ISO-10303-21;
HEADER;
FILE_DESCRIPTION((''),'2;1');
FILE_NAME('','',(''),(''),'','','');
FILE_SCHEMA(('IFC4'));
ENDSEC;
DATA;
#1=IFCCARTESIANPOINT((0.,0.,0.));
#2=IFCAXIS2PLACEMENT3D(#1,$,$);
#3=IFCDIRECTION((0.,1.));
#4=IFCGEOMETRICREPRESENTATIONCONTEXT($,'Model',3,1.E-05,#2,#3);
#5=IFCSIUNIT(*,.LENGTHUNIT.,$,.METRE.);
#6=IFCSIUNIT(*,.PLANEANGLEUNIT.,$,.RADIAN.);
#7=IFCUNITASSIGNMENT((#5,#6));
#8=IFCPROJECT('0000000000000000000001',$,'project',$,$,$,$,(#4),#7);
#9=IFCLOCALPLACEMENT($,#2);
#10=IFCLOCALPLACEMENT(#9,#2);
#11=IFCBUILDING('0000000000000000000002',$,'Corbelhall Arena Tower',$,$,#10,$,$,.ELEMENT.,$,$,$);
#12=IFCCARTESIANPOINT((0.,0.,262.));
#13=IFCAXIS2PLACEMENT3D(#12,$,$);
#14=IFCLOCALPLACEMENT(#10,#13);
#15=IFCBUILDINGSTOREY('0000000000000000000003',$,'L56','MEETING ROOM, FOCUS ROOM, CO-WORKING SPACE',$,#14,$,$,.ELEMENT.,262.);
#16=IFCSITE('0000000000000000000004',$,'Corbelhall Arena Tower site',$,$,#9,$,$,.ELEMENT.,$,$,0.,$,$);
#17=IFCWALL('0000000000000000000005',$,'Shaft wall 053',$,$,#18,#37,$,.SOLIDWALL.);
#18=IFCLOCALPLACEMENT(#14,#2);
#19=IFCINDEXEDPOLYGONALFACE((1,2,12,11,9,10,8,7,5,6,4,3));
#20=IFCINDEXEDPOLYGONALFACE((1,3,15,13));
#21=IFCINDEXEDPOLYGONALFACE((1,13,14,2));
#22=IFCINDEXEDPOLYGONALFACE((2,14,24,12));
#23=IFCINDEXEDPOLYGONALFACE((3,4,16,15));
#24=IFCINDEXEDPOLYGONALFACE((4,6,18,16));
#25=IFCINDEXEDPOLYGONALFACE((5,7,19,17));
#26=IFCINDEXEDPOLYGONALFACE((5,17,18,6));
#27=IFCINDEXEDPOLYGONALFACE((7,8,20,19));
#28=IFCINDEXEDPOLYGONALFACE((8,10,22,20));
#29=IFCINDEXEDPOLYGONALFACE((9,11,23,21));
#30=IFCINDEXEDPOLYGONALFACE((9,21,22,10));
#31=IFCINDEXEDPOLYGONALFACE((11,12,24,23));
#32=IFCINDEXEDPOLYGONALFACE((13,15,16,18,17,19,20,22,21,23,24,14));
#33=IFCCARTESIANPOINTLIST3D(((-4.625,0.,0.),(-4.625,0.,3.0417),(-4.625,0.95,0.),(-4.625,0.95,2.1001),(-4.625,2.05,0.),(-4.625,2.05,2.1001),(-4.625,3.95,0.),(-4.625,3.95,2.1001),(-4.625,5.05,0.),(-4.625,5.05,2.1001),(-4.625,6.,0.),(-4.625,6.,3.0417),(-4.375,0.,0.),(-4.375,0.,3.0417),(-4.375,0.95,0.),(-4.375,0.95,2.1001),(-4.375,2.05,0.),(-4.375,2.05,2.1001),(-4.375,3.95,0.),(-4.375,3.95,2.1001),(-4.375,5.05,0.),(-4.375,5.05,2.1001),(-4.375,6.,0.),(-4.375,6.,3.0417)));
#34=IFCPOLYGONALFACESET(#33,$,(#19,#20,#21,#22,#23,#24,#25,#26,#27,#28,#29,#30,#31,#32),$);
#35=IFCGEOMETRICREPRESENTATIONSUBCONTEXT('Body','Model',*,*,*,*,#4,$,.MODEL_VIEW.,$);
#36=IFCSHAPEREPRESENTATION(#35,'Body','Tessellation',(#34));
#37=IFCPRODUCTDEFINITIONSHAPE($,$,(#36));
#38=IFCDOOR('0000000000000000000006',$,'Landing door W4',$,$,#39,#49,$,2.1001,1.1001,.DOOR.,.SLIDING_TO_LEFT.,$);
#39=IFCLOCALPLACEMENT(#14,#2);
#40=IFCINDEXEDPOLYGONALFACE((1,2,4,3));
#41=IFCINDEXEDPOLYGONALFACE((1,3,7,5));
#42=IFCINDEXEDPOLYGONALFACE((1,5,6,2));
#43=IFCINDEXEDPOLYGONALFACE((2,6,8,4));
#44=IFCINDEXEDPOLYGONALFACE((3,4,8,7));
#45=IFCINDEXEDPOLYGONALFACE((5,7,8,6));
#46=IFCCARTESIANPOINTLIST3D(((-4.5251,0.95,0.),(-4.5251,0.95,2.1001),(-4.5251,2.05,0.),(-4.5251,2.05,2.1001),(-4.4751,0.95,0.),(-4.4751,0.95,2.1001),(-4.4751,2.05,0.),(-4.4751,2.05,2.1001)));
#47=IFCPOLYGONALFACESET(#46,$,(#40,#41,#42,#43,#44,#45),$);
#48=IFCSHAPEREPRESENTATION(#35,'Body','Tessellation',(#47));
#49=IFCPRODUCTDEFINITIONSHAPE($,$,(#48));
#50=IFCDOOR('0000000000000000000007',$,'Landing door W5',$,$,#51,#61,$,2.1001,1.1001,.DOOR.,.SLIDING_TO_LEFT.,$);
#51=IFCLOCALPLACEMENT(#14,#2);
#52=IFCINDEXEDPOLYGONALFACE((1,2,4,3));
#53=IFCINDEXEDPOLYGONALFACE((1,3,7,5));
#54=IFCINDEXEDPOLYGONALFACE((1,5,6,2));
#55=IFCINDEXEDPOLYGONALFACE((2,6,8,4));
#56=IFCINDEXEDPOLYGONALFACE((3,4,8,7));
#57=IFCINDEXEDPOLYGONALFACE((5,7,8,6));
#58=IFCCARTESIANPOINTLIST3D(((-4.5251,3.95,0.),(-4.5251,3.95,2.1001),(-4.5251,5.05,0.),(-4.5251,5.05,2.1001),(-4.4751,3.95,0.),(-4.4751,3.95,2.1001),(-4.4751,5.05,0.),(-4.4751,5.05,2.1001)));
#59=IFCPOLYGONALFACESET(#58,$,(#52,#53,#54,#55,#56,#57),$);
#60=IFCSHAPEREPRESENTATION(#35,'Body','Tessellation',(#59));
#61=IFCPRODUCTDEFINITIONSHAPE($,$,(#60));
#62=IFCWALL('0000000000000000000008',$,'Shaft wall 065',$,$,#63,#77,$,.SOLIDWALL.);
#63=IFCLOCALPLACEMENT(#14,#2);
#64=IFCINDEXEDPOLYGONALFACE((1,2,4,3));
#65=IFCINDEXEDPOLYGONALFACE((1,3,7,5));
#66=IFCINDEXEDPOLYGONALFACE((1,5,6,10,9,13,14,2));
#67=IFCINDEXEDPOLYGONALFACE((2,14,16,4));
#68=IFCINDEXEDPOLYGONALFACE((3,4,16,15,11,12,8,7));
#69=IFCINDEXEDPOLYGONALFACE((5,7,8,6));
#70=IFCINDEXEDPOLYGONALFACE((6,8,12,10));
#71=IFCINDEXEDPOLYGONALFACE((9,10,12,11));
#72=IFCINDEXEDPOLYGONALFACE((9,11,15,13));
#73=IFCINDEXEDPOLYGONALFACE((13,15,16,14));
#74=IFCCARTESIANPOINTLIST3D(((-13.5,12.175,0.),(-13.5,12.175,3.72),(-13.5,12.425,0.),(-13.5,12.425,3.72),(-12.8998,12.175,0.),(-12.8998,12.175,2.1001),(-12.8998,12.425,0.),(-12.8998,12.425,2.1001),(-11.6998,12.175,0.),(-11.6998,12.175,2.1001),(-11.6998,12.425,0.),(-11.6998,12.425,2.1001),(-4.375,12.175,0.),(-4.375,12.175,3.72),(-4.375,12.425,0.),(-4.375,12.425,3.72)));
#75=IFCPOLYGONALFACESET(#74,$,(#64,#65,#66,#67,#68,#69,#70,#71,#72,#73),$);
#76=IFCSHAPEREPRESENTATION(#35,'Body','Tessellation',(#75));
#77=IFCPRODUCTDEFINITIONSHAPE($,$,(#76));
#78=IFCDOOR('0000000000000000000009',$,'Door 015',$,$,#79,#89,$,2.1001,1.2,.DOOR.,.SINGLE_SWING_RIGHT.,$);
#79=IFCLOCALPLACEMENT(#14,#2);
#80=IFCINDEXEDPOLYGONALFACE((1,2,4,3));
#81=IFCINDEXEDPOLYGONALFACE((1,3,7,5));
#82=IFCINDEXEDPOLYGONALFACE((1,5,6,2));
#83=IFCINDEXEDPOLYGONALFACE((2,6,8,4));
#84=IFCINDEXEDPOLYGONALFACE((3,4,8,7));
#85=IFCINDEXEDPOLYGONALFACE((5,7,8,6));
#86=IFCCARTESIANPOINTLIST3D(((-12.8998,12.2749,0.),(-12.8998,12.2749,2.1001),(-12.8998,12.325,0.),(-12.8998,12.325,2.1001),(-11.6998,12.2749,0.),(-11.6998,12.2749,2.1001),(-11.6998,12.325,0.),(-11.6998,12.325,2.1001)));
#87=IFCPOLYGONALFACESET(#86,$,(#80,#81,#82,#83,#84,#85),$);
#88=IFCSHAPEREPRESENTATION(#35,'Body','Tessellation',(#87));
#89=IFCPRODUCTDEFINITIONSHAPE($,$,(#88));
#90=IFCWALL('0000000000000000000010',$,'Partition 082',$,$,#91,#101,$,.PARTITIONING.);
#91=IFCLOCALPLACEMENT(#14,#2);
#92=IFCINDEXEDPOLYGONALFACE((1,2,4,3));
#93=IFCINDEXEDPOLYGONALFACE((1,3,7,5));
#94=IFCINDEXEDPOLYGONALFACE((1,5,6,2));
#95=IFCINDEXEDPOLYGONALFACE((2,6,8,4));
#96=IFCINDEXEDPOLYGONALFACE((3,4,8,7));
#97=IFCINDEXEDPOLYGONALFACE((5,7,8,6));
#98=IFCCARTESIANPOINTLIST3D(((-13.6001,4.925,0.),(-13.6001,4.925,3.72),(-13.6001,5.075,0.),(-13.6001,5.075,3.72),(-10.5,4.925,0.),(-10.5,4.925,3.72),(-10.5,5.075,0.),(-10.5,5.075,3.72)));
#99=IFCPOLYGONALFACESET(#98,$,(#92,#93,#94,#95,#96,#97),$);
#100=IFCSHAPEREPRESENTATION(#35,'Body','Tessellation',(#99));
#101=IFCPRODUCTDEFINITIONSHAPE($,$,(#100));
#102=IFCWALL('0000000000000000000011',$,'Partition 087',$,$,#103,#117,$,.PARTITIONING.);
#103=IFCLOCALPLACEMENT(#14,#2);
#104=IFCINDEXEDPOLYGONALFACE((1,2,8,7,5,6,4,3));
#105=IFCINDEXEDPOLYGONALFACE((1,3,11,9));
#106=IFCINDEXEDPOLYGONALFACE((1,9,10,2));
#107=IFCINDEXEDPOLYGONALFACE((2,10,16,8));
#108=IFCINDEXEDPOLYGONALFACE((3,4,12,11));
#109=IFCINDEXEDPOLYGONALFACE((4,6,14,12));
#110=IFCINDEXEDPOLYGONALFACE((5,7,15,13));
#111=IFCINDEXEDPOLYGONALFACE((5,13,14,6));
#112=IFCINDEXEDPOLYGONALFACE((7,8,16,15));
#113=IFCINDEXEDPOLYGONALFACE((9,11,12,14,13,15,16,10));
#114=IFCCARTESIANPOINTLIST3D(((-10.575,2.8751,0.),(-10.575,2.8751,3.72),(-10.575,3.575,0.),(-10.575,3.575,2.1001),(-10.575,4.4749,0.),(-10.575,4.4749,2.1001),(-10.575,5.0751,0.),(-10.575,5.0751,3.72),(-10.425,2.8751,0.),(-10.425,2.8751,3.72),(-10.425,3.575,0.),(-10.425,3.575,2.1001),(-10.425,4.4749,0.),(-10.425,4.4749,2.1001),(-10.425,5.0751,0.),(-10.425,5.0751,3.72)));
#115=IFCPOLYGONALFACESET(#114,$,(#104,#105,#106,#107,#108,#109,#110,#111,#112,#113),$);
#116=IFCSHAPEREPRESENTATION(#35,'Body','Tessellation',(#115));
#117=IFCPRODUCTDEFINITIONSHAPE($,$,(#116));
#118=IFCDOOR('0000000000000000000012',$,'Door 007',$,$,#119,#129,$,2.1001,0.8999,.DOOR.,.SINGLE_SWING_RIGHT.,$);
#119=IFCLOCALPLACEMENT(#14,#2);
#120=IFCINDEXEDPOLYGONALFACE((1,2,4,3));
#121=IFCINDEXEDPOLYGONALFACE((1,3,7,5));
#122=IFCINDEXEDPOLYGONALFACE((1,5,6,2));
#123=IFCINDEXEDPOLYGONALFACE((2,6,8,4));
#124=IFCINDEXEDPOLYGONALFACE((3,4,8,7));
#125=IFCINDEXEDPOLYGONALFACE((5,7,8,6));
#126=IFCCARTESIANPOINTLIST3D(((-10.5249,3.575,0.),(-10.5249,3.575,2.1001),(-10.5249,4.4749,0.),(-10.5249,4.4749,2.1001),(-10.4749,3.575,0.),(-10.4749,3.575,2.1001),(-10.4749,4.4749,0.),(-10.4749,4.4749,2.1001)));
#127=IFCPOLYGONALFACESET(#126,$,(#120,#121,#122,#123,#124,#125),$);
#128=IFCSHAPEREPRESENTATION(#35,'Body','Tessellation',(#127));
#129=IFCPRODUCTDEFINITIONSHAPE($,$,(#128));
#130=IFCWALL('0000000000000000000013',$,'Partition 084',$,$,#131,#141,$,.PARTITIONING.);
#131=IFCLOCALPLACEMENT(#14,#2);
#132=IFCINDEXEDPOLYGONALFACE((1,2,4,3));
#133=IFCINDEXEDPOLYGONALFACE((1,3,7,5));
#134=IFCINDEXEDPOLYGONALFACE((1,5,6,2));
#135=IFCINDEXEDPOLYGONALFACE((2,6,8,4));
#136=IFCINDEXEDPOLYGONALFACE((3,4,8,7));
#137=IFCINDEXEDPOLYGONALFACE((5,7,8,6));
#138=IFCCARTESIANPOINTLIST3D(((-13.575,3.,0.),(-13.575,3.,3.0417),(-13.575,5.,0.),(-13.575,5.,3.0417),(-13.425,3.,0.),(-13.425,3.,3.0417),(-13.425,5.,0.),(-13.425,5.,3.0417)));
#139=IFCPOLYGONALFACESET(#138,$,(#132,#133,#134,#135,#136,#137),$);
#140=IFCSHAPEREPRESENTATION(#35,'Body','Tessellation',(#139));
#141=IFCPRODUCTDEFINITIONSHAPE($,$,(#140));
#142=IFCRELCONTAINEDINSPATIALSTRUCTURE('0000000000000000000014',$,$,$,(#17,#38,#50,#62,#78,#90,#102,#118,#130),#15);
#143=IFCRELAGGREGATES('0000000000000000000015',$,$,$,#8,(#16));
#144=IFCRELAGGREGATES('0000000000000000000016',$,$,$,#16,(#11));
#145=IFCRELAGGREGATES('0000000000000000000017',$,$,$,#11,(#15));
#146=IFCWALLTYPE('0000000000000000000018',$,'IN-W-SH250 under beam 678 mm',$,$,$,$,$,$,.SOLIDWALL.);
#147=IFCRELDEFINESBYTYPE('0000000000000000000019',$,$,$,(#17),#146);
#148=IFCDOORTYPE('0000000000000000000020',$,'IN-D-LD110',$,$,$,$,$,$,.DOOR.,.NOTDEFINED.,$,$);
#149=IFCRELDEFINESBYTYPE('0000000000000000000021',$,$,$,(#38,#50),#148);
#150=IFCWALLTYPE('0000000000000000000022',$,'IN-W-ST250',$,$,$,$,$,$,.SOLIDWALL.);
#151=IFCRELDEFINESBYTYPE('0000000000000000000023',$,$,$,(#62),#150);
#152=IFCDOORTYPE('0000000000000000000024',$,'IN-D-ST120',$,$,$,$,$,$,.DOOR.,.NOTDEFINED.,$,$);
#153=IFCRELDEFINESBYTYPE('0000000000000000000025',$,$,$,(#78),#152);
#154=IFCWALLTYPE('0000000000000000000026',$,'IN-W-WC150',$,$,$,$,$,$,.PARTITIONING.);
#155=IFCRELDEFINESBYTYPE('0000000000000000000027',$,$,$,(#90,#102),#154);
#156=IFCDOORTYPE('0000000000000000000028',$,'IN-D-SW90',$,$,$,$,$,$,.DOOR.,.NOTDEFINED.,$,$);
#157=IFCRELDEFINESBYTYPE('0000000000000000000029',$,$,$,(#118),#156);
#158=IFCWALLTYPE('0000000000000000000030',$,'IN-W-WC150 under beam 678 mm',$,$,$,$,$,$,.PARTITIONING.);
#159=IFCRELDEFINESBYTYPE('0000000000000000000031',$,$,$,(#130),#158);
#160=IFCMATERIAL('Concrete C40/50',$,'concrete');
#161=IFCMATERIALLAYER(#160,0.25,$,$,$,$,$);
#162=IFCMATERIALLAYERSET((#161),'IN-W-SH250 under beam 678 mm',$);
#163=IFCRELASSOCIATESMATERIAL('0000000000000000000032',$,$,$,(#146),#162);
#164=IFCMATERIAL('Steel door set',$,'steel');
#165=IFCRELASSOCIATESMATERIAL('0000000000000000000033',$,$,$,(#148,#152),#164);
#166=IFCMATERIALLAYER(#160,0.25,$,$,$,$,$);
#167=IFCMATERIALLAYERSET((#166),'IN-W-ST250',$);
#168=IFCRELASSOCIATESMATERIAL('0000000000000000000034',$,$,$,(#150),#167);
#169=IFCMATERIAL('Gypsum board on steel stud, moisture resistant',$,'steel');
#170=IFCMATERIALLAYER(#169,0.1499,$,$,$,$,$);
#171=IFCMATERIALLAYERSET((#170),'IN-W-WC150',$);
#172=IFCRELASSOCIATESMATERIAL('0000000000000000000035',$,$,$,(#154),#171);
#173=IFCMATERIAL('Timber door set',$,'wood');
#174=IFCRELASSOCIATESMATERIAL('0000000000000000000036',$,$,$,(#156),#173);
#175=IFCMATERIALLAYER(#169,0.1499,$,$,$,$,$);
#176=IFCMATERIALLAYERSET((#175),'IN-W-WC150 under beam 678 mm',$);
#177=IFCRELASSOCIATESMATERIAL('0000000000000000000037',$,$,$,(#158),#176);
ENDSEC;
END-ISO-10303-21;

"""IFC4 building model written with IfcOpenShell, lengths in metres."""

from ifc_helpers import new_model, si_unit, direction, frame, frame_2d, origin, place, context, subcontext, project, spatial, rectangle, extrude, material, layer, layer_set, type_object, element, fill, save


model = new_model("IFC4")

# Units and contexts
model_context = context("Model", 3, precision=1e-05, world=origin(), true_north=direction((0.0, 1.0)))
body_context = subcontext(model_context, "Body", "Model", "MODEL_VIEW")
ifc_project = project(units=[si_unit("LENGTHUNIT", "METRE"), si_unit("PLANEANGLEUNIT", "RADIAN")], contexts=[model_context])

# Site, building, storey
site_placement = place(None, origin())
site = spatial("IfcSite", under=ifc_project, at=site_placement, Name="Corbelhall Arena Tower site", CompositionType="ELEMENT", RefElevation=0.0)
building_placement = place(site_placement, origin())
building = spatial("IfcBuilding", under=site, at=building_placement, Name="Corbelhall Arena Tower", CompositionType="ELEMENT")
storey_placement = place(building_placement, frame((0.0, 0.0, 262.0)))
storey = spatial("IfcBuildingStorey", under=building, at=storey_placement, Name="L56", Description="MEETING ROOM, FOCUS ROOM, CO-WORKING SPACE", CompositionType="ELEMENT", Elevation=262.0)

# Shared definitions
ifc_material_1 = material(Name="Steel door set", Category="steel")

# Shared definitions
ifc_material_2 = material(Name="Concrete C40/50", Category="concrete")

# Wall, openings, doors
ifc_layer_1 = layer(ifc_material_2, 0.25)
ifc_layer_set_1 = layer_set([ifc_layer_1], Name="IN-W-SH250 under beam 678 mm")
wall_type_1 = type_object("IfcWallType", Name="IN-W-SH250 under beam 678 mm", PredefinedType="SOLIDWALL", material=ifc_layer_set_1)
wall_1_placement = place(storey_placement, frame((-4.5, 6.0, 0.0), z_axis=(0.0, 0.0, 1.0), x_axis=(0.0, -1.0, 0.0)))
wall_1 = element("IfcWall", 1, at=wall_1_placement, inside=storey, type_object=wall_type_1, Name="Shaft wall 053", PredefinedType="SOLIDWALL", context=body_context, shape_type="SweptSolid", body=[
    extrude(rectangle(XDim=6.0, YDim=0.25, at=frame_2d((3.0, 0.0))), origin(), (0.0, 0.0, 1.0), 3.0417),
])
opening_1_placement = place(wall_1_placement, frame((3.95, 0.0, 0.0)))
opening_1 = element("IfcOpeningElement", 2, at=opening_1_placement, cuts=wall_1, PredefinedType="OPENING", context=body_context, shape_type="SweptSolid", body=[
    extrude(rectangle(XDim=1.1001, YDim=2.1001, at=frame_2d((0.55, 1.05))), frame((0.0, 0.125, 0.0), z_axis=(0.0, -1.0, 0.0), x_axis=(1.0, 0.0, 0.0)), (0.0, 0.0, 1.0), 0.25),
])
opening_2_placement = place(wall_1_placement, frame((0.95, 0.0, 0.0)))
opening_2 = element("IfcOpeningElement", 3, at=opening_2_placement, cuts=wall_1, PredefinedType="OPENING", context=body_context, shape_type="SweptSolid", body=[
    extrude(rectangle(XDim=1.1001, YDim=2.1001, at=frame_2d((0.55, 1.05))), frame((0.0, 0.125, 0.0), z_axis=(0.0, -1.0, 0.0), x_axis=(1.0, 0.0, 0.0)), (0.0, 0.0, 1.0), 0.25),
])
door_type_1 = type_object("IfcDoorType", Name="IN-D-LD110", OperationType="NOTDEFINED", PredefinedType="DOOR", material=ifc_material_1)
door_1_placement = place(opening_1_placement, origin())
door_1 = element("IfcDoor", 4, at=door_1_placement, inside=storey, type_object=door_type_1, Name="Landing door W4", OperationType="SLIDING_TO_LEFT", OverallHeight=2.1001, OverallWidth=1.1001, PredefinedType="DOOR", context=body_context, shape_type="SweptSolid", body=[
    extrude(rectangle(XDim=1.1001, YDim=2.1001, at=frame_2d((0.55, 1.05))), frame((0.0, 0.0249, 0.0), z_axis=(0.0, -1.0, 0.0), x_axis=(1.0, 0.0, 0.0)), (0.0, 0.0, 1.0), 0.05),
])
fill(opening_1, door_1)
door_2_placement = place(opening_2_placement, origin())
door_2 = element("IfcDoor", 5, at=door_2_placement, inside=storey, type_object=door_type_1, Name="Landing door W5", OperationType="SLIDING_TO_LEFT", OverallHeight=2.1001, OverallWidth=1.1001, PredefinedType="DOOR", context=body_context, shape_type="SweptSolid", body=[
    extrude(rectangle(XDim=1.1001, YDim=2.1001, at=frame_2d((0.55, 1.05))), frame((0.0, 0.0249, 0.0), z_axis=(0.0, -1.0, 0.0), x_axis=(1.0, 0.0, 0.0)), (0.0, 0.0, 1.0), 0.05),
])
fill(opening_2, door_2)

# Wall, opening, door
ifc_layer_2 = layer(ifc_material_2, 0.25)
ifc_layer_set_2 = layer_set([ifc_layer_2], Name="IN-W-ST250")
wall_type_2 = type_object("IfcWallType", Name="IN-W-ST250", PredefinedType="SOLIDWALL", material=ifc_layer_set_2)
wall_2_placement = place(storey_placement, frame((-13.5, 12.3, 0.0), z_axis=(0.0, 0.0, 1.0), x_axis=(1.0, 0.0, 0.0)))
wall_2 = element("IfcWall", 6, at=wall_2_placement, inside=storey, type_object=wall_type_2, Name="Shaft wall 065", PredefinedType="SOLIDWALL", context=body_context, shape_type="SweptSolid", body=[
    extrude(rectangle(XDim=9.125, YDim=0.25, at=frame_2d((4.5625, 0.0))), origin(), (0.0, 0.0, 1.0), 3.72),
])
opening_3_placement = place(wall_2_placement, frame((0.6001, 0.0, 0.0)))
opening_3 = element("IfcOpeningElement", 7, at=opening_3_placement, cuts=wall_2, PredefinedType="OPENING", context=body_context, shape_type="SweptSolid", body=[
    extrude(rectangle(XDim=1.2, YDim=2.1001, at=frame_2d((0.6001, 1.05))), frame((0.0, 0.125, 0.0), z_axis=(0.0, -1.0, 0.0), x_axis=(1.0, 0.0, 0.0)), (0.0, 0.0, 1.0), 0.25),
])
door_type_2 = type_object("IfcDoorType", Name="IN-D-ST120", OperationType="NOTDEFINED", PredefinedType="DOOR", material=ifc_material_1)
door_3_placement = place(opening_3_placement, origin())
door_3 = element("IfcDoor", 8, at=door_3_placement, inside=storey, type_object=door_type_2, Name="Door 015", OperationType="SINGLE_SWING_RIGHT", OverallHeight=2.1001, OverallWidth=1.2, PredefinedType="DOOR", context=body_context, shape_type="SweptSolid", body=[
    extrude(rectangle(XDim=1.2, YDim=2.1001, at=frame_2d((0.6001, 1.05))), frame((0.0, 0.0249, 0.0), z_axis=(0.0, -1.0, 0.0), x_axis=(1.0, 0.0, 0.0)), (0.0, 0.0, 1.0), 0.05),
])
fill(opening_3, door_3)

# Wall
ifc_material_3 = material(Name="Gypsum board on steel stud, moisture resistant", Category="steel")
ifc_layer_3 = layer(ifc_material_3, 0.1499)
ifc_layer_set_3 = layer_set([ifc_layer_3], Name="IN-W-WC150")
wall_type_3 = type_object("IfcWallType", Name="IN-W-WC150", PredefinedType="PARTITIONING", material=ifc_layer_set_3)
wall_3_placement = place(storey_placement, frame((-13.6001, 5.0, 0.0), z_axis=(0.0, 0.0, 1.0), x_axis=(1.0, 0.0, 0.0)))
element("IfcWall", 9, at=wall_3_placement, inside=storey, type_object=wall_type_3, Name="Partition 082", PredefinedType="PARTITIONING", context=body_context, shape_type="SweptSolid", body=[
    extrude(rectangle(XDim=3.1001, YDim=0.1499, at=frame_2d((1.55, 0.0))), origin(), (0.0, 0.0, 1.0), 3.72),
])

# Wall, opening, door
wall_4_placement = place(storey_placement, frame((-10.5, 2.875, 0.0), z_axis=(0.0, 0.0, 1.0), x_axis=(0.0, 1.0, 0.0)))
wall_4 = element("IfcWall", 10, at=wall_4_placement, inside=storey, type_object=wall_type_3, Name="Partition 087", PredefinedType="PARTITIONING", context=body_context, shape_type="SweptSolid", body=[
    extrude(rectangle(XDim=2.2, YDim=0.1499, at=frame_2d((1.1001, 0.0))), origin(), (0.0, 0.0, 1.0), 3.72),
])
opening_4_placement = place(wall_4_placement, frame((0.7, 0.0, 0.0)))
opening_4 = element("IfcOpeningElement", 11, at=opening_4_placement, cuts=wall_4, PredefinedType="OPENING", context=body_context, shape_type="SweptSolid", body=[
    extrude(rectangle(XDim=0.8999, YDim=2.1001, at=frame_2d((0.45, 1.05))), frame((0.0, 0.075, 0.0), z_axis=(0.0, -1.0, 0.0), x_axis=(1.0, 0.0, 0.0)), (0.0, 0.0, 1.0), 0.1499),
])
ifc_material_4 = material(Name="Timber door set", Category="wood")
door_type_3 = type_object("IfcDoorType", Name="IN-D-SW90", OperationType="NOTDEFINED", PredefinedType="DOOR", material=ifc_material_4)
door_4_placement = place(opening_4_placement, origin())
door_4 = element("IfcDoor", 12, at=door_4_placement, inside=storey, type_object=door_type_3, Name="Door 007", OperationType="SINGLE_SWING_RIGHT", OverallHeight=2.1001, OverallWidth=0.8999, PredefinedType="DOOR", context=body_context, shape_type="SweptSolid", body=[
    extrude(rectangle(XDim=0.8999, YDim=2.1001, at=frame_2d((0.45, 1.05))), frame((0.0, 0.0249, 0.0), z_axis=(0.0, -1.0, 0.0), x_axis=(1.0, 0.0, 0.0)), (0.0, 0.0, 1.0), 0.05),
])
fill(opening_4, door_4)

# Wall
ifc_layer_4 = layer(ifc_material_3, 0.1499)
ifc_layer_set_4 = layer_set([ifc_layer_4], Name="IN-W-WC150 under beam 678 mm")
wall_type_4 = type_object("IfcWallType", Name="IN-W-WC150 under beam 678 mm", PredefinedType="PARTITIONING", material=ifc_layer_set_4)
wall_5_placement = place(storey_placement, frame((-13.5, 3.0, 0.0), z_axis=(0.0, 0.0, 1.0), x_axis=(0.0, 1.0, 0.0)))
element("IfcWall", 13, at=wall_5_placement, inside=storey, type_object=wall_type_4, Name="Partition 084", PredefinedType="PARTITIONING", context=body_context, shape_type="SweptSolid", body=[
    extrude(rectangle(XDim=2.0, YDim=0.1499, at=frame_2d((1.0, 0.0))), origin(), (0.0, 0.0, 1.0), 3.0417),
])

save(model, "model.ifc")
